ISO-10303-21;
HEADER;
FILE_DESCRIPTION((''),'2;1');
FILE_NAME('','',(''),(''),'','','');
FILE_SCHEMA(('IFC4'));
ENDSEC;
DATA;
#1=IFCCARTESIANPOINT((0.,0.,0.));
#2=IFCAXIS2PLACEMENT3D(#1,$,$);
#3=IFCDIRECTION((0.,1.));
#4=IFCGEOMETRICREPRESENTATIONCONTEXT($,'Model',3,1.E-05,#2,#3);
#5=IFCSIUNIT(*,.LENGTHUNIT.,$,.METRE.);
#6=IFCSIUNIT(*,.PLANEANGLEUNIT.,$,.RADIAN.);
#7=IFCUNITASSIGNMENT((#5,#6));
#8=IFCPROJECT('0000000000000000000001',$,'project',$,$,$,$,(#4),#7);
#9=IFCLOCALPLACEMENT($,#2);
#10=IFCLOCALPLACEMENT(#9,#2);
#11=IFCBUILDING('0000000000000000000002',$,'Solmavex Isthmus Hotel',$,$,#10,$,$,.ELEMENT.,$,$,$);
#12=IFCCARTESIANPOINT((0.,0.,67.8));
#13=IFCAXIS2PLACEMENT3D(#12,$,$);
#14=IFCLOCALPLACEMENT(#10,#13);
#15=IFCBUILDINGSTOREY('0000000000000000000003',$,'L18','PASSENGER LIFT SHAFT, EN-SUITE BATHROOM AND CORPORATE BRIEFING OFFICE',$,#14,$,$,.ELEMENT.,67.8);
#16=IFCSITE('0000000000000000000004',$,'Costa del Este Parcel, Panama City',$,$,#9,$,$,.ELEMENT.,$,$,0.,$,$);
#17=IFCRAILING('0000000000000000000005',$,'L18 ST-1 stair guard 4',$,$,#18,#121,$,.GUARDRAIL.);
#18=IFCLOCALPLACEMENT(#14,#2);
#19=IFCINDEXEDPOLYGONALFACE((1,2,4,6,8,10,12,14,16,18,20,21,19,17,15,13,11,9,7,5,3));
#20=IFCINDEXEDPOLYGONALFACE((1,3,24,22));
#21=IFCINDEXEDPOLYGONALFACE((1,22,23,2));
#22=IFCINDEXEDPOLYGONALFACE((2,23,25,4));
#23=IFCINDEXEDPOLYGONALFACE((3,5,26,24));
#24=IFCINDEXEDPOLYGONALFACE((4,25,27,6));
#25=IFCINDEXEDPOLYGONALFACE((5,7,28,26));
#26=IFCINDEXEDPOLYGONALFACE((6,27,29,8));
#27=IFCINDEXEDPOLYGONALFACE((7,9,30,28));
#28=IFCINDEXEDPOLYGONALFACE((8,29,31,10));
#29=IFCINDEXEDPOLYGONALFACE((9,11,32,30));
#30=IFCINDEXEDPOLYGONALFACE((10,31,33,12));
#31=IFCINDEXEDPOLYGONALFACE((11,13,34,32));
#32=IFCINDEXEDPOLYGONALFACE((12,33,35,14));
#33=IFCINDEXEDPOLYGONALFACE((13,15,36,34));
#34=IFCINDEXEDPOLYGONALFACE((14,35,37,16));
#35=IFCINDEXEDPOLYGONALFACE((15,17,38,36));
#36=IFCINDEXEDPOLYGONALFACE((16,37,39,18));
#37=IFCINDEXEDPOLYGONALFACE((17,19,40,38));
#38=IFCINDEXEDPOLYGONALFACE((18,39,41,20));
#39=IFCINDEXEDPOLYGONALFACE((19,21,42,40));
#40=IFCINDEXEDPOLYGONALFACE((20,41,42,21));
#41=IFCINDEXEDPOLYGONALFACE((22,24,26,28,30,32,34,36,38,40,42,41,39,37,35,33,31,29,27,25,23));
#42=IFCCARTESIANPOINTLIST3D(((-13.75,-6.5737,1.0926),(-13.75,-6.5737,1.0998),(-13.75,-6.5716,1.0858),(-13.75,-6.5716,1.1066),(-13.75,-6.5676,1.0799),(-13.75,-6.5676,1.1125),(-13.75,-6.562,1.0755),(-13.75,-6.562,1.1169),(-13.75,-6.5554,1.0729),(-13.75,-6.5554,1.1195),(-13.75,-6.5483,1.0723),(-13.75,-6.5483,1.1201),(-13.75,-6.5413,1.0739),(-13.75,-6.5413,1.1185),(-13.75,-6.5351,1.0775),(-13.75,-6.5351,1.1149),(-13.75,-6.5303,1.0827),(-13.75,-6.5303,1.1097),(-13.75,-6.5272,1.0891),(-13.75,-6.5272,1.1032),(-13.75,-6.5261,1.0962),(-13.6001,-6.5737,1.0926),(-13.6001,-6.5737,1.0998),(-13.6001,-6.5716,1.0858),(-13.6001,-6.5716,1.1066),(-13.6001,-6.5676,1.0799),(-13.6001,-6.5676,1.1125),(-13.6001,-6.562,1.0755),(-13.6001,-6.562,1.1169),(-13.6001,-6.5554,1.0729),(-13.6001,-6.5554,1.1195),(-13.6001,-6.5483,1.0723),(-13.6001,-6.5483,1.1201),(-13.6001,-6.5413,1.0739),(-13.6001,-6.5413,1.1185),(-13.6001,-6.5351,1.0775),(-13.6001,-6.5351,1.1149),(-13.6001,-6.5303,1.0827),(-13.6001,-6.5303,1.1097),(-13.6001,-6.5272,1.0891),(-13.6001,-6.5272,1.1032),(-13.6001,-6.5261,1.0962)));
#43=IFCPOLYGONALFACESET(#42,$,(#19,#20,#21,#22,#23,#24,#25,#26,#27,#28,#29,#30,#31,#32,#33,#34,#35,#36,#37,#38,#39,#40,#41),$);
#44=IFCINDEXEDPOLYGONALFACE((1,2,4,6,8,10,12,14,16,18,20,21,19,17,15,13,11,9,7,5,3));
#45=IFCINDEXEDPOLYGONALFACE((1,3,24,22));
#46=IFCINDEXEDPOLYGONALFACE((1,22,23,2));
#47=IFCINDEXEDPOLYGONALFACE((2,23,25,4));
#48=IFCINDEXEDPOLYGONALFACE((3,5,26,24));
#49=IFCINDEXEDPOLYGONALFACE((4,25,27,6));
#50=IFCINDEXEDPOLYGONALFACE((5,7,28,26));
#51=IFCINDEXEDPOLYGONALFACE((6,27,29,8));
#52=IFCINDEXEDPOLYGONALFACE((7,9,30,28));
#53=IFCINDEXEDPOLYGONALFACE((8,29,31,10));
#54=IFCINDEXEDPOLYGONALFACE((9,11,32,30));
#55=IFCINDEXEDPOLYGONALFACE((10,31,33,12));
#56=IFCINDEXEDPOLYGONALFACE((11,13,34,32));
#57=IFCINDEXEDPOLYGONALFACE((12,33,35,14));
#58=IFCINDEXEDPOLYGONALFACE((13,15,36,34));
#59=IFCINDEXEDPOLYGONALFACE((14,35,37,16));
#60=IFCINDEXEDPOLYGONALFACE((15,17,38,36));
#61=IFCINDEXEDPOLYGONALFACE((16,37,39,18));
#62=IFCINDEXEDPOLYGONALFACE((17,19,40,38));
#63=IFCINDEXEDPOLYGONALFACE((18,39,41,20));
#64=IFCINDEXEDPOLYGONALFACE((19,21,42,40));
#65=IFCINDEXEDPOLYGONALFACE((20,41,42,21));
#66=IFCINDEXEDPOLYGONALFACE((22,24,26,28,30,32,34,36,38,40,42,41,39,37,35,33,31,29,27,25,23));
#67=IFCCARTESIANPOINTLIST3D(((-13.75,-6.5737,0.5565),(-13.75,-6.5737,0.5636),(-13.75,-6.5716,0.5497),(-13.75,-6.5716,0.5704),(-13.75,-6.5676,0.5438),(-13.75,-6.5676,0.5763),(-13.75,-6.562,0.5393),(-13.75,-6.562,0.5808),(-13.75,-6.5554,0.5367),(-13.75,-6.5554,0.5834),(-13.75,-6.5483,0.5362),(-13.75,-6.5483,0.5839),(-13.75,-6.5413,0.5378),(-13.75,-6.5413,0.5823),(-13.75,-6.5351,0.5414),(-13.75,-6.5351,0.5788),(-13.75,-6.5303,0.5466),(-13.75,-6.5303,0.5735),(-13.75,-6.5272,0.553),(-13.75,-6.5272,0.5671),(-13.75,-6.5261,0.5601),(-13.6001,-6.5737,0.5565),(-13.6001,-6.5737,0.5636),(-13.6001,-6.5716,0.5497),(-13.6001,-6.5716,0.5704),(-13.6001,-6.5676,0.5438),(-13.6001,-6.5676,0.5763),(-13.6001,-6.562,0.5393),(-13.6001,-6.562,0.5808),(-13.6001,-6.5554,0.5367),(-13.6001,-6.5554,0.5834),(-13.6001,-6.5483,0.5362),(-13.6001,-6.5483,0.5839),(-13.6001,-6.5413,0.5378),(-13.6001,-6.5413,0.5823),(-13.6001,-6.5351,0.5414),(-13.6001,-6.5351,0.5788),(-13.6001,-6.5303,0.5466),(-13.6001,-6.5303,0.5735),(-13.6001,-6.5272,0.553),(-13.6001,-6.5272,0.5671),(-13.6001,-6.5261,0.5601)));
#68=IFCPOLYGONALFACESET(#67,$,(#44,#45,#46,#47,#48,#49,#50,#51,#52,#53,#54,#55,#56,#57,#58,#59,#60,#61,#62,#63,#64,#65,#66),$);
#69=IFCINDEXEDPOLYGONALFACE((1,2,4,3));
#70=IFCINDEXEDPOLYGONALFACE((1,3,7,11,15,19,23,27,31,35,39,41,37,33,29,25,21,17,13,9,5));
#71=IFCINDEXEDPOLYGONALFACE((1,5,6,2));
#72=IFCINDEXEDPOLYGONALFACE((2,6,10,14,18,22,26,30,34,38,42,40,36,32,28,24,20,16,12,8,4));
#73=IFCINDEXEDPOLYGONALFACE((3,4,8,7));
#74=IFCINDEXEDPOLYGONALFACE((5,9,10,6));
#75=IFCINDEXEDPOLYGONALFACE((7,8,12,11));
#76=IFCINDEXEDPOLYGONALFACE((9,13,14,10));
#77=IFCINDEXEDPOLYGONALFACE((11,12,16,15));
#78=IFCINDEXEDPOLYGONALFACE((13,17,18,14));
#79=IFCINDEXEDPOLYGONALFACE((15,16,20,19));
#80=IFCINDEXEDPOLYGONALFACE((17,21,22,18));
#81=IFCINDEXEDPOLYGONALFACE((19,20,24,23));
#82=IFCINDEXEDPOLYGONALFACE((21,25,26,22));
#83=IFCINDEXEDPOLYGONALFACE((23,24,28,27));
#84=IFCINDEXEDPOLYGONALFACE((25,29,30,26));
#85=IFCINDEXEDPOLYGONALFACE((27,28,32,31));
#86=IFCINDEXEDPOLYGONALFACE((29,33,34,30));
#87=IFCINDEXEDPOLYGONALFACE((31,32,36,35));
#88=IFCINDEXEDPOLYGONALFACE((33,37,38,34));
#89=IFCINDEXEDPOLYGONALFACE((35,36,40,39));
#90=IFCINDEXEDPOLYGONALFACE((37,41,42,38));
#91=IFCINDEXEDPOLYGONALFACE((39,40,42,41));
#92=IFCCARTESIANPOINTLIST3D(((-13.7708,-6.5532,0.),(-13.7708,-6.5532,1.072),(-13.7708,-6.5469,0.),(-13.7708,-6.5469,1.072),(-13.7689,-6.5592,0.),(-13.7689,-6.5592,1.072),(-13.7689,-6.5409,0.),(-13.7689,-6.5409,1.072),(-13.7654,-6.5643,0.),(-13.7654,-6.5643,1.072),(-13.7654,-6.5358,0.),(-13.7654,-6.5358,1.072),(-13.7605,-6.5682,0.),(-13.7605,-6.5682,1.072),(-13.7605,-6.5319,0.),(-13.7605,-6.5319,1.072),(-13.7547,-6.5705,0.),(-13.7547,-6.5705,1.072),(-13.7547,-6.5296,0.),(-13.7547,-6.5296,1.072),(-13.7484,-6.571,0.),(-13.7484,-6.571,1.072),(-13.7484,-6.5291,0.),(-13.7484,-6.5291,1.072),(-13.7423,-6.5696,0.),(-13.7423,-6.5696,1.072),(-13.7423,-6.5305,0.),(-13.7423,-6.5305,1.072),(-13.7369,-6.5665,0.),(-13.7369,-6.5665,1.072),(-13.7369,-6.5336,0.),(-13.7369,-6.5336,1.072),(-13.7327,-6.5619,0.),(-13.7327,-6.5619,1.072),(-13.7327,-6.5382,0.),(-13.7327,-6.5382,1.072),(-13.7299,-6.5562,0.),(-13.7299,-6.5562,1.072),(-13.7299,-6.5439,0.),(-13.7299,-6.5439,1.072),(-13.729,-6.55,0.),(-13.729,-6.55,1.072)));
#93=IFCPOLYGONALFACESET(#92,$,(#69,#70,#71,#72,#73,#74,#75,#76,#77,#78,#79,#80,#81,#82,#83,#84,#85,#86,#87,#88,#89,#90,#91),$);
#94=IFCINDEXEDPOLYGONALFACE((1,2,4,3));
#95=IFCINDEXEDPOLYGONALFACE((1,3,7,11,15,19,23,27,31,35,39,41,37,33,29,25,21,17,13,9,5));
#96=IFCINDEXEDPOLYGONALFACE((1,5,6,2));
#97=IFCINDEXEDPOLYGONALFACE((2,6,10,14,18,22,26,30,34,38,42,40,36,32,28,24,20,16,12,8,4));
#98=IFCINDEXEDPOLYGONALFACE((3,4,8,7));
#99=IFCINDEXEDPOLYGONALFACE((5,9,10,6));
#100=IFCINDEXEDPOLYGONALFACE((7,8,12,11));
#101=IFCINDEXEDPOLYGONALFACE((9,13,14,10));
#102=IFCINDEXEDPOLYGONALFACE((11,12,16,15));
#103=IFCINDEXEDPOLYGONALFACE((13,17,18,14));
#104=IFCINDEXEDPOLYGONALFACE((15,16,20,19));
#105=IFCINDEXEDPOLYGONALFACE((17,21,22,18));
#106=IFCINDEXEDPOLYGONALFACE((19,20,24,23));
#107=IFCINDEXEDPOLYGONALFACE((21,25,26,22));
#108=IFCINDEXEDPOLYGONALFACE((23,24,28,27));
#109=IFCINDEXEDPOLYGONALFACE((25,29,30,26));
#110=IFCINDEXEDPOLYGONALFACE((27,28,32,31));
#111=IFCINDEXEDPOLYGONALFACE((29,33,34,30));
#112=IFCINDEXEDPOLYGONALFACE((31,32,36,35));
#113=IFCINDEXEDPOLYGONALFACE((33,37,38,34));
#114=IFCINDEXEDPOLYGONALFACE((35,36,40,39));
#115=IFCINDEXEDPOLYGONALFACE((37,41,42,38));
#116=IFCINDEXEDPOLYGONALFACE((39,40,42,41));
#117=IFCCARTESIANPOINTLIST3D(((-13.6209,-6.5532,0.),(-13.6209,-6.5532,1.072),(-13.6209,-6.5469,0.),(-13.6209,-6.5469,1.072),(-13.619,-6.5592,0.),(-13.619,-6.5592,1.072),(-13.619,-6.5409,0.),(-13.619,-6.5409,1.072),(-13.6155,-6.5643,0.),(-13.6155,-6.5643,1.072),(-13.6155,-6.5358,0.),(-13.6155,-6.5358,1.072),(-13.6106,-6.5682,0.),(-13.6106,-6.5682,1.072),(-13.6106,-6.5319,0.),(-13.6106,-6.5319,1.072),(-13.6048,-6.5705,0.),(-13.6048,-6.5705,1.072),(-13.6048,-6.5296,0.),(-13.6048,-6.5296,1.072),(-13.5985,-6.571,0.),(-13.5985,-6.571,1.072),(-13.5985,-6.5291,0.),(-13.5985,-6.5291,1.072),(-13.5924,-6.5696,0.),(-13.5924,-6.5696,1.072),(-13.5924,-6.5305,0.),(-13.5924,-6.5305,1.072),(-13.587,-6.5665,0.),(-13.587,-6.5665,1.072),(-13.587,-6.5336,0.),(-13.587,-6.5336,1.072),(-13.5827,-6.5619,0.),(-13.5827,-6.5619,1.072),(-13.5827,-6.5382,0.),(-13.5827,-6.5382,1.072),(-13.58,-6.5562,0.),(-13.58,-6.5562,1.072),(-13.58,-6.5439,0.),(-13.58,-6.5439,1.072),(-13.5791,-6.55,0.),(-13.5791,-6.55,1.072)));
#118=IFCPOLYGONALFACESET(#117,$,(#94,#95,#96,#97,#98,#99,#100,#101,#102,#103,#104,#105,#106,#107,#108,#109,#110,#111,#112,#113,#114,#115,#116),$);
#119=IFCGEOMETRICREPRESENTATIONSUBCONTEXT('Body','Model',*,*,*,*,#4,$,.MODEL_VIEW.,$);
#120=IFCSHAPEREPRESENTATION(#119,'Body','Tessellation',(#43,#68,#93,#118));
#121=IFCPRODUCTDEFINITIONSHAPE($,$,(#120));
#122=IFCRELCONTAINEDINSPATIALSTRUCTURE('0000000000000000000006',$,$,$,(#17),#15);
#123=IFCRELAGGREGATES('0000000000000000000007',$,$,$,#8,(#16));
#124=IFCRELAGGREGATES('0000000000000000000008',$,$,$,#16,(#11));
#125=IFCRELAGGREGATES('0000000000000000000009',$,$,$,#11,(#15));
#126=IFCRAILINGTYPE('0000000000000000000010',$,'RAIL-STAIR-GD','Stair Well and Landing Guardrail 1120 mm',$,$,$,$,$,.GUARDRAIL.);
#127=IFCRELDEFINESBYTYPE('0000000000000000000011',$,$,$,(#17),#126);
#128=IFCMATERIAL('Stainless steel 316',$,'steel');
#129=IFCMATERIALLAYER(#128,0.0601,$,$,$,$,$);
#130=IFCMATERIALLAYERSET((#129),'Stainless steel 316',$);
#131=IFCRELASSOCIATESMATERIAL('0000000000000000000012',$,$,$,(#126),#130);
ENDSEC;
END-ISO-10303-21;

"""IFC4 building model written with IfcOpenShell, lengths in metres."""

from ifc_helpers import new_model, si_unit, direction, frame, origin, origin_2d, place, context, subcontext, project, spatial, circle, extrude, material, layer, layer_set, type_object, element, save


model = new_model("IFC4")

# Units and contexts
model_context = context("Model", 3, precision=1e-05, world=origin(), true_north=direction((0.0, 1.0)))
body_context = subcontext(model_context, "Body", "Model", "MODEL_VIEW")
ifc_project = project(units=[si_unit("LENGTHUNIT", "METRE"), si_unit("PLANEANGLEUNIT", "RADIAN")], contexts=[model_context])

# Site, building, storey
site_placement = place(None, origin())
site = spatial("IfcSite", under=ifc_project, at=site_placement, Name="Costa del Este Parcel, Panama City", CompositionType="ELEMENT", RefElevation=0.0)
building_placement = place(site_placement, origin())
building = spatial("IfcBuilding", under=site, at=building_placement, Name="Solmavex Isthmus Hotel", CompositionType="ELEMENT")
storey_placement = place(building_placement, frame((0.0, 0.0, 67.8)))
storey = spatial("IfcBuildingStorey", under=building, at=storey_placement, Name="L18", Description="PASSENGER LIFT SHAFT, EN-SUITE BATHROOM AND CORPORATE BRIEFING OFFICE", CompositionType="ELEMENT", Elevation=67.8)

# Shared definitions
ifc_material_1 = material(Name="Stainless steel 316", Category="steel")

# Railing
ifc_layer_1 = layer(ifc_material_1, 0.0601)
ifc_layer_set_1 = layer_set([ifc_layer_1], Name="Stainless steel 316")
railing_type_1 = type_object("IfcRailingType", Name="RAIL-STAIR-GD", Description="Stair Well and Landing Guardrail 1120 mm", PredefinedType="GUARDRAIL", material=ifc_layer_set_1)
railing_1_placement = place(storey_placement, frame((-13.75, -6.55, 0.0)))
element("IfcRailing", 1, at=railing_1_placement, inside=storey, type_object=railing_type_1, Name="L18 ST-1 stair guard 4", PredefinedType="GUARDRAIL", context=body_context, shape_type="SweptSolid", body=[
    extrude(circle(Radius=0.0239, at=origin_2d()), frame((0.0, 0.0, 1.0962), z_axis=(1.0, 0.0, 0.0), x_axis=(0.0, 1.0, 0.0)), (0.0, 0.0, 1.0), 0.1499),
    extrude(circle(Radius=0.0239, at=origin_2d()), frame((0.0, 0.0, 0.5601), z_axis=(1.0, 0.0, 0.0), x_axis=(0.0, 1.0, 0.0)), (0.0, 0.0, 1.0), 0.1499),
    extrude(circle(Radius=0.021, at=origin_2d()), origin(), (0.0, 0.0, 1.0), 1.072),
    extrude(circle(Radius=0.021, at=origin_2d()), frame((0.1499, 0.0, 0.0)), (0.0, 0.0, 1.0), 1.072),
])

save(model, "model.ifc")
